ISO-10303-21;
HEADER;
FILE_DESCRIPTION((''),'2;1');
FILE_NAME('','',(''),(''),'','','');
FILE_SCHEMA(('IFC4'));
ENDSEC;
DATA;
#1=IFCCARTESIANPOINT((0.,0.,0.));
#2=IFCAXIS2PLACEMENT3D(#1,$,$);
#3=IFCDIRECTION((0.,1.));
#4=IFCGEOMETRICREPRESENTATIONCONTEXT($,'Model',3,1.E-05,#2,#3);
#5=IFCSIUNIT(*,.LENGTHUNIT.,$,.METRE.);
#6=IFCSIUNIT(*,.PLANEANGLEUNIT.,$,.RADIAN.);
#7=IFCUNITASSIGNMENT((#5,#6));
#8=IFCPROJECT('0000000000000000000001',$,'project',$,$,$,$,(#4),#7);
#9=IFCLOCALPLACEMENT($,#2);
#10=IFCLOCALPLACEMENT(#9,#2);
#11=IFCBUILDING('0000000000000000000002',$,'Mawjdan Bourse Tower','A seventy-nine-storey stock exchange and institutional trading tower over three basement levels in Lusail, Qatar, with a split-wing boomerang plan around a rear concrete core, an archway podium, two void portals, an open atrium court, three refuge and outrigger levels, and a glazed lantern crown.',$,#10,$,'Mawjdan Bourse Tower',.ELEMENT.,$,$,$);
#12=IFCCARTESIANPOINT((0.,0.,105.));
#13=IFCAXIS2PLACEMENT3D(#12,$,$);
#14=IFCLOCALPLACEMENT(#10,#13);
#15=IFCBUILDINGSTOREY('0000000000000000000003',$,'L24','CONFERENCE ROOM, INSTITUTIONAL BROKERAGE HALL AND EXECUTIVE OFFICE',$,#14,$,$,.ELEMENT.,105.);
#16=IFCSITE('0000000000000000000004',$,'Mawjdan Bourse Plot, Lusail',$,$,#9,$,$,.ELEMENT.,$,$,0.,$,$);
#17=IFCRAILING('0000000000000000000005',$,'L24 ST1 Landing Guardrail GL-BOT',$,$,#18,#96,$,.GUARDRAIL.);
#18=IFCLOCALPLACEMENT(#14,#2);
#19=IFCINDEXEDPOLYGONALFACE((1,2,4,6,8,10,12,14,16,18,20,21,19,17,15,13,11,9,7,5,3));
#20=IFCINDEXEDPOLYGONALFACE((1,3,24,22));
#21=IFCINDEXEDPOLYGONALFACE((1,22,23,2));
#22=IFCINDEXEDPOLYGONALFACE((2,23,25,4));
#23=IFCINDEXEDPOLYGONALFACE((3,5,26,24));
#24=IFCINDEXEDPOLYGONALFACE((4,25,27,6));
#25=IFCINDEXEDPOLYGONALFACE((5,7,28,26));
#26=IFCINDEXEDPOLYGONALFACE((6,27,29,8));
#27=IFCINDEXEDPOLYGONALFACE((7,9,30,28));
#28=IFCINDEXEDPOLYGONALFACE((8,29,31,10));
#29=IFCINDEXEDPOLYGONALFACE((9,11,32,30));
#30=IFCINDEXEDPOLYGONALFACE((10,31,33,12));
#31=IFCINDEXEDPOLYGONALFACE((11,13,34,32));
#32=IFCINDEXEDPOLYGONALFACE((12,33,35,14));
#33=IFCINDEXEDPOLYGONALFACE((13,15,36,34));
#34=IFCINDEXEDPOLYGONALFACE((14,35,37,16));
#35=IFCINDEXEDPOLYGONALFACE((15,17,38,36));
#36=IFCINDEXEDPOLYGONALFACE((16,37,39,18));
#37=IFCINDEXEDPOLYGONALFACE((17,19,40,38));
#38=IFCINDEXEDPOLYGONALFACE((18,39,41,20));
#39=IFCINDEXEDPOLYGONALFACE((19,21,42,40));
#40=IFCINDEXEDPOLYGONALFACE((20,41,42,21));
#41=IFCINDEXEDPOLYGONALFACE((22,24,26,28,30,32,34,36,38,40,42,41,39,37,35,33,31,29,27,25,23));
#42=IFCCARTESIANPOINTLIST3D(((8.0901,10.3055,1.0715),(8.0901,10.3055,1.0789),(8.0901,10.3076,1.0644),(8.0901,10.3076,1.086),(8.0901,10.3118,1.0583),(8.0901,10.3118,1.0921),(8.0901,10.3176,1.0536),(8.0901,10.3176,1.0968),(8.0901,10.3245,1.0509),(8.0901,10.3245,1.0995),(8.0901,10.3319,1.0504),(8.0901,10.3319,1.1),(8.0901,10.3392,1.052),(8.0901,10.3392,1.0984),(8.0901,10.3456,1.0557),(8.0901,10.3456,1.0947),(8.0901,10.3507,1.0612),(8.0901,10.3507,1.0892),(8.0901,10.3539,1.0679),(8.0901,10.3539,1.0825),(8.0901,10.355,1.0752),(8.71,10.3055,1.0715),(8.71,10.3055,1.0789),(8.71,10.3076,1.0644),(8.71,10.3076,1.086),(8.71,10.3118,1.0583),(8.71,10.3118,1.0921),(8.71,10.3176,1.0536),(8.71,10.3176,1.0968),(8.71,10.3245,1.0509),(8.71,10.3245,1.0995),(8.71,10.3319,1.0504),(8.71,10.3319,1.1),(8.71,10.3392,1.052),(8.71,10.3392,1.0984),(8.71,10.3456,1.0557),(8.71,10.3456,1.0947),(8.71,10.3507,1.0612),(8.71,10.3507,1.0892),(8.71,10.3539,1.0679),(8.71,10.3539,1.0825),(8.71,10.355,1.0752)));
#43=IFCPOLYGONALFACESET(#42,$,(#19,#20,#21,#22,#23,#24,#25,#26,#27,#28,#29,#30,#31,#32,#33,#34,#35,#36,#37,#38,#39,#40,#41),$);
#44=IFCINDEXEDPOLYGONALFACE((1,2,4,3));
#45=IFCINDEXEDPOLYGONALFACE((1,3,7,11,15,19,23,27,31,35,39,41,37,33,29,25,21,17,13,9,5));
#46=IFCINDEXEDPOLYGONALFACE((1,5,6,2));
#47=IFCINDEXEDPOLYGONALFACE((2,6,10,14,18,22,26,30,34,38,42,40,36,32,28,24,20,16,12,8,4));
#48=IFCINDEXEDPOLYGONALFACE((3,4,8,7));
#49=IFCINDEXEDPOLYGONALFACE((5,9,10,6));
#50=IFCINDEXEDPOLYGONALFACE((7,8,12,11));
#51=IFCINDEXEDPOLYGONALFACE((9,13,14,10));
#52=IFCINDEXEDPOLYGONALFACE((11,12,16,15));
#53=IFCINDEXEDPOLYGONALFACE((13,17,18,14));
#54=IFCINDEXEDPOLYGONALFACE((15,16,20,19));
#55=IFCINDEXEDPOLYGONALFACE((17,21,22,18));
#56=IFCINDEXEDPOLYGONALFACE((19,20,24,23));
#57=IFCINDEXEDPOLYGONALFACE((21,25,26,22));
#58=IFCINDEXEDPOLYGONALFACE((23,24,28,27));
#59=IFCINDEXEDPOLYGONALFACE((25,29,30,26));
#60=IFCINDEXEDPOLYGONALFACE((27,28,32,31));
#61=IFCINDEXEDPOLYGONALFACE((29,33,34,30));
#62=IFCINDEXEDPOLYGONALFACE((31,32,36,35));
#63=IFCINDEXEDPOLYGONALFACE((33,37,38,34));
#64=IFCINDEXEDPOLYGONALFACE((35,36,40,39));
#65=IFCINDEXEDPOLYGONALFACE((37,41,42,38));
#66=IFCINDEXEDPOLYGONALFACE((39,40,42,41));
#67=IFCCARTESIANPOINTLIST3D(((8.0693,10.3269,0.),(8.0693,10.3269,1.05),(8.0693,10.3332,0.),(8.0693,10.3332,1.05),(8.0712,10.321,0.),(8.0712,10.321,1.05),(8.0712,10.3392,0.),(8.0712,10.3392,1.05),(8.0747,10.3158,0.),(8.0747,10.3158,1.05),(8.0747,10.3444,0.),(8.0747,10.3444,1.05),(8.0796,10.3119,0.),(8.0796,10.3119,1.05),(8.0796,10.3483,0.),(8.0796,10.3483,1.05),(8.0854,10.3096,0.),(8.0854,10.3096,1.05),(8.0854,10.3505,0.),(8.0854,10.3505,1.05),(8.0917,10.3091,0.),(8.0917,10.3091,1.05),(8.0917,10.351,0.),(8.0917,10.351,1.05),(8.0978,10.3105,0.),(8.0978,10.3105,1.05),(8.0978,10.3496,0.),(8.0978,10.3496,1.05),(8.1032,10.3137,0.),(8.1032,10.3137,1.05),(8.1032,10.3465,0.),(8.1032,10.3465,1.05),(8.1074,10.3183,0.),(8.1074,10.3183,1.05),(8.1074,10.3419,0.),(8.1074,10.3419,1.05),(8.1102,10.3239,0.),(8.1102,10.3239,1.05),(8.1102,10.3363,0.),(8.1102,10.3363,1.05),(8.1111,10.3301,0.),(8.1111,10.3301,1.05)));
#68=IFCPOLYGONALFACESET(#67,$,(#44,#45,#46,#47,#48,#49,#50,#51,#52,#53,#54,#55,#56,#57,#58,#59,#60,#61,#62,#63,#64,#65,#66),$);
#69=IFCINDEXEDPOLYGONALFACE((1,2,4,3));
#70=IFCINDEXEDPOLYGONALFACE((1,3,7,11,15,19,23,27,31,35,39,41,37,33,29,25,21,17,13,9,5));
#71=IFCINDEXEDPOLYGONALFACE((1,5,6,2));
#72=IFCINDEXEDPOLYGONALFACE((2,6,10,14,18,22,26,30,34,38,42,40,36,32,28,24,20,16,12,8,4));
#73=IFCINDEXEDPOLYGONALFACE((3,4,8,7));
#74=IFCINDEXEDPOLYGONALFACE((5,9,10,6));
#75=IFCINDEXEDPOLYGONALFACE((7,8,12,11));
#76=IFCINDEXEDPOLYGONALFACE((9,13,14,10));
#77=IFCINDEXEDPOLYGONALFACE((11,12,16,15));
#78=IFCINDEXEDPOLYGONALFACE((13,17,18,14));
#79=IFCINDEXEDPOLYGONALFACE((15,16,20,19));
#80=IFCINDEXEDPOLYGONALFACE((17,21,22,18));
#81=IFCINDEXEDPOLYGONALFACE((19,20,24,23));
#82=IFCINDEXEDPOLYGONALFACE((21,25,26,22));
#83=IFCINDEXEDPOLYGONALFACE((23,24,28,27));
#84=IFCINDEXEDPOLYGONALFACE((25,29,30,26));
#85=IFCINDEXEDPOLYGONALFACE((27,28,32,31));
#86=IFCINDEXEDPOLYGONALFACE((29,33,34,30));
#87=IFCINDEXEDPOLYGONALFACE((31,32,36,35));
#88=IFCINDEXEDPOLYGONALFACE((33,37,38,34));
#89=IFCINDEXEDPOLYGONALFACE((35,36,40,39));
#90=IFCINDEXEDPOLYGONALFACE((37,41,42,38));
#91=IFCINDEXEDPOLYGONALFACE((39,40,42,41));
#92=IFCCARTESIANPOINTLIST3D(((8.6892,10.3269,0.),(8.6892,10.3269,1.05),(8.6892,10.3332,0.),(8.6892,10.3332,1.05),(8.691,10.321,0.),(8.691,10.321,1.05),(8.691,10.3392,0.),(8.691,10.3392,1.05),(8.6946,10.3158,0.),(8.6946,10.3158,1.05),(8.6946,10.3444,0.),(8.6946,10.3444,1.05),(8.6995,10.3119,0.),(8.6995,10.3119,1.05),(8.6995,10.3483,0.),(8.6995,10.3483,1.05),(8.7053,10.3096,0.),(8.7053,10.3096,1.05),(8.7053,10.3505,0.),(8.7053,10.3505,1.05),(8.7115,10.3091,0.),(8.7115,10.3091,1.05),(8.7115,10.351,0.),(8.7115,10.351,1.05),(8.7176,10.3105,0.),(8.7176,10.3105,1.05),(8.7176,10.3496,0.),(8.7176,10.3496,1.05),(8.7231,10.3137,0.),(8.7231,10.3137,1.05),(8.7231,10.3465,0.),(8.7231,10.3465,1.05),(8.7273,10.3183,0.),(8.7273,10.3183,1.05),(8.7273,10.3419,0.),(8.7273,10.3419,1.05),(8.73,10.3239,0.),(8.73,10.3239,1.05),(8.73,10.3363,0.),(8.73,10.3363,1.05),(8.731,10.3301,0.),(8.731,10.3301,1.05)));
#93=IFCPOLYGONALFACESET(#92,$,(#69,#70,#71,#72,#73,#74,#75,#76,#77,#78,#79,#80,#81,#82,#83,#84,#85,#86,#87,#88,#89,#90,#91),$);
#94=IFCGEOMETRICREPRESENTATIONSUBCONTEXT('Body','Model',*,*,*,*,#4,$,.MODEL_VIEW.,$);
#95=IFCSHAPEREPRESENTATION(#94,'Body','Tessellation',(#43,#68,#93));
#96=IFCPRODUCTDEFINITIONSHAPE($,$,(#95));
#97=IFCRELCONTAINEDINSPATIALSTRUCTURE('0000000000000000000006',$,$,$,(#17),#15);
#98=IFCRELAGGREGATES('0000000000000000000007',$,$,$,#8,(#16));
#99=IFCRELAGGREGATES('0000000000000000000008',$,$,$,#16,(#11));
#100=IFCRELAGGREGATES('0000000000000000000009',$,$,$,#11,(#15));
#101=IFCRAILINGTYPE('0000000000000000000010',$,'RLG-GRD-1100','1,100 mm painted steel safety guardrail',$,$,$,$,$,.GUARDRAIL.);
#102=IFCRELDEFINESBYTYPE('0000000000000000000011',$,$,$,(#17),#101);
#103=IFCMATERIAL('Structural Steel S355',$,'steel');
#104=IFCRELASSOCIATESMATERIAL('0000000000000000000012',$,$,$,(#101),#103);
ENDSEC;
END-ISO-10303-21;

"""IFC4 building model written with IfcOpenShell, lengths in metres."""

from ifc_helpers import new_model, si_unit, direction, frame, origin, origin_2d, place, context, subcontext, project, spatial, circle, extrude, material, type_object, element, save


model = new_model("IFC4")

# Units and contexts
model_context = context("Model", 3, precision=1e-05, world=origin(), true_north=direction((0.0, 1.0)))
body_context = subcontext(model_context, "Body", "Model", "MODEL_VIEW")
ifc_project = project(units=[si_unit("LENGTHUNIT", "METRE"), si_unit("PLANEANGLEUNIT", "RADIAN")], contexts=[model_context])

# Site, building, storey
site_placement = place(None, origin())
site = spatial("IfcSite", under=ifc_project, at=site_placement, Name="Mawjdan Bourse Plot, Lusail", CompositionType="ELEMENT", RefElevation=0.0)
building_placement = place(site_placement, origin())
building = spatial("IfcBuilding", under=site, at=building_placement, Name="Mawjdan Bourse Tower", Description="A seventy-nine-storey stock exchange and institutional trading tower over three basement levels in Lusail, Qatar, with a split-wing boomerang plan around a rear concrete core, an archway podium, two void portals, an open atrium court, three refuge and outrigger levels, and a glazed lantern crown.", LongName="Mawjdan Bourse Tower", CompositionType="ELEMENT")
storey_placement = place(building_placement, frame((0.0, 0.0, 105.0)))
storey = spatial("IfcBuildingStorey", under=building, at=storey_placement, Name="L24", Description="CONFERENCE ROOM, INSTITUTIONAL BROKERAGE HALL AND EXECUTIVE OFFICE", CompositionType="ELEMENT", Elevation=105.0)

# Shared definitions
ifc_material_1 = material(Name="Structural Steel S355", Category="steel")

# Railing
railing_type_1 = type_object("IfcRailingType", Name="RLG-GRD-1100", Description="1,100 mm painted steel safety guardrail", PredefinedType="GUARDRAIL", material=ifc_material_1)
railing_1_placement = place(storey_placement, frame((8.0901, 10.3301, 0.0)))
element("IfcRailing", 1, at=railing_1_placement, inside=storey, type_object=railing_type_1, Name="L24 ST1 Landing Guardrail GL-BOT", PredefinedType="GUARDRAIL", context=body_context, shape_type="SweptSolid", body=[
    extrude(circle(Radius=0.0249, at=origin_2d()), frame((0.0, 0.0, 1.0752), z_axis=(1.0, 0.0, 0.0), x_axis=(0.0, 1.0, 0.0)), (0.0, 0.0, 1.0), 0.6199),
    extrude(circle(Radius=0.021, at=origin_2d()), origin(), (0.0, 0.0, 1.0), 1.05),
    extrude(circle(Radius=0.021, at=origin_2d()), frame((0.6199, 0.0, 0.0)), (0.0, 0.0, 1.0), 1.05),
])

save(model, "model.ifc")
